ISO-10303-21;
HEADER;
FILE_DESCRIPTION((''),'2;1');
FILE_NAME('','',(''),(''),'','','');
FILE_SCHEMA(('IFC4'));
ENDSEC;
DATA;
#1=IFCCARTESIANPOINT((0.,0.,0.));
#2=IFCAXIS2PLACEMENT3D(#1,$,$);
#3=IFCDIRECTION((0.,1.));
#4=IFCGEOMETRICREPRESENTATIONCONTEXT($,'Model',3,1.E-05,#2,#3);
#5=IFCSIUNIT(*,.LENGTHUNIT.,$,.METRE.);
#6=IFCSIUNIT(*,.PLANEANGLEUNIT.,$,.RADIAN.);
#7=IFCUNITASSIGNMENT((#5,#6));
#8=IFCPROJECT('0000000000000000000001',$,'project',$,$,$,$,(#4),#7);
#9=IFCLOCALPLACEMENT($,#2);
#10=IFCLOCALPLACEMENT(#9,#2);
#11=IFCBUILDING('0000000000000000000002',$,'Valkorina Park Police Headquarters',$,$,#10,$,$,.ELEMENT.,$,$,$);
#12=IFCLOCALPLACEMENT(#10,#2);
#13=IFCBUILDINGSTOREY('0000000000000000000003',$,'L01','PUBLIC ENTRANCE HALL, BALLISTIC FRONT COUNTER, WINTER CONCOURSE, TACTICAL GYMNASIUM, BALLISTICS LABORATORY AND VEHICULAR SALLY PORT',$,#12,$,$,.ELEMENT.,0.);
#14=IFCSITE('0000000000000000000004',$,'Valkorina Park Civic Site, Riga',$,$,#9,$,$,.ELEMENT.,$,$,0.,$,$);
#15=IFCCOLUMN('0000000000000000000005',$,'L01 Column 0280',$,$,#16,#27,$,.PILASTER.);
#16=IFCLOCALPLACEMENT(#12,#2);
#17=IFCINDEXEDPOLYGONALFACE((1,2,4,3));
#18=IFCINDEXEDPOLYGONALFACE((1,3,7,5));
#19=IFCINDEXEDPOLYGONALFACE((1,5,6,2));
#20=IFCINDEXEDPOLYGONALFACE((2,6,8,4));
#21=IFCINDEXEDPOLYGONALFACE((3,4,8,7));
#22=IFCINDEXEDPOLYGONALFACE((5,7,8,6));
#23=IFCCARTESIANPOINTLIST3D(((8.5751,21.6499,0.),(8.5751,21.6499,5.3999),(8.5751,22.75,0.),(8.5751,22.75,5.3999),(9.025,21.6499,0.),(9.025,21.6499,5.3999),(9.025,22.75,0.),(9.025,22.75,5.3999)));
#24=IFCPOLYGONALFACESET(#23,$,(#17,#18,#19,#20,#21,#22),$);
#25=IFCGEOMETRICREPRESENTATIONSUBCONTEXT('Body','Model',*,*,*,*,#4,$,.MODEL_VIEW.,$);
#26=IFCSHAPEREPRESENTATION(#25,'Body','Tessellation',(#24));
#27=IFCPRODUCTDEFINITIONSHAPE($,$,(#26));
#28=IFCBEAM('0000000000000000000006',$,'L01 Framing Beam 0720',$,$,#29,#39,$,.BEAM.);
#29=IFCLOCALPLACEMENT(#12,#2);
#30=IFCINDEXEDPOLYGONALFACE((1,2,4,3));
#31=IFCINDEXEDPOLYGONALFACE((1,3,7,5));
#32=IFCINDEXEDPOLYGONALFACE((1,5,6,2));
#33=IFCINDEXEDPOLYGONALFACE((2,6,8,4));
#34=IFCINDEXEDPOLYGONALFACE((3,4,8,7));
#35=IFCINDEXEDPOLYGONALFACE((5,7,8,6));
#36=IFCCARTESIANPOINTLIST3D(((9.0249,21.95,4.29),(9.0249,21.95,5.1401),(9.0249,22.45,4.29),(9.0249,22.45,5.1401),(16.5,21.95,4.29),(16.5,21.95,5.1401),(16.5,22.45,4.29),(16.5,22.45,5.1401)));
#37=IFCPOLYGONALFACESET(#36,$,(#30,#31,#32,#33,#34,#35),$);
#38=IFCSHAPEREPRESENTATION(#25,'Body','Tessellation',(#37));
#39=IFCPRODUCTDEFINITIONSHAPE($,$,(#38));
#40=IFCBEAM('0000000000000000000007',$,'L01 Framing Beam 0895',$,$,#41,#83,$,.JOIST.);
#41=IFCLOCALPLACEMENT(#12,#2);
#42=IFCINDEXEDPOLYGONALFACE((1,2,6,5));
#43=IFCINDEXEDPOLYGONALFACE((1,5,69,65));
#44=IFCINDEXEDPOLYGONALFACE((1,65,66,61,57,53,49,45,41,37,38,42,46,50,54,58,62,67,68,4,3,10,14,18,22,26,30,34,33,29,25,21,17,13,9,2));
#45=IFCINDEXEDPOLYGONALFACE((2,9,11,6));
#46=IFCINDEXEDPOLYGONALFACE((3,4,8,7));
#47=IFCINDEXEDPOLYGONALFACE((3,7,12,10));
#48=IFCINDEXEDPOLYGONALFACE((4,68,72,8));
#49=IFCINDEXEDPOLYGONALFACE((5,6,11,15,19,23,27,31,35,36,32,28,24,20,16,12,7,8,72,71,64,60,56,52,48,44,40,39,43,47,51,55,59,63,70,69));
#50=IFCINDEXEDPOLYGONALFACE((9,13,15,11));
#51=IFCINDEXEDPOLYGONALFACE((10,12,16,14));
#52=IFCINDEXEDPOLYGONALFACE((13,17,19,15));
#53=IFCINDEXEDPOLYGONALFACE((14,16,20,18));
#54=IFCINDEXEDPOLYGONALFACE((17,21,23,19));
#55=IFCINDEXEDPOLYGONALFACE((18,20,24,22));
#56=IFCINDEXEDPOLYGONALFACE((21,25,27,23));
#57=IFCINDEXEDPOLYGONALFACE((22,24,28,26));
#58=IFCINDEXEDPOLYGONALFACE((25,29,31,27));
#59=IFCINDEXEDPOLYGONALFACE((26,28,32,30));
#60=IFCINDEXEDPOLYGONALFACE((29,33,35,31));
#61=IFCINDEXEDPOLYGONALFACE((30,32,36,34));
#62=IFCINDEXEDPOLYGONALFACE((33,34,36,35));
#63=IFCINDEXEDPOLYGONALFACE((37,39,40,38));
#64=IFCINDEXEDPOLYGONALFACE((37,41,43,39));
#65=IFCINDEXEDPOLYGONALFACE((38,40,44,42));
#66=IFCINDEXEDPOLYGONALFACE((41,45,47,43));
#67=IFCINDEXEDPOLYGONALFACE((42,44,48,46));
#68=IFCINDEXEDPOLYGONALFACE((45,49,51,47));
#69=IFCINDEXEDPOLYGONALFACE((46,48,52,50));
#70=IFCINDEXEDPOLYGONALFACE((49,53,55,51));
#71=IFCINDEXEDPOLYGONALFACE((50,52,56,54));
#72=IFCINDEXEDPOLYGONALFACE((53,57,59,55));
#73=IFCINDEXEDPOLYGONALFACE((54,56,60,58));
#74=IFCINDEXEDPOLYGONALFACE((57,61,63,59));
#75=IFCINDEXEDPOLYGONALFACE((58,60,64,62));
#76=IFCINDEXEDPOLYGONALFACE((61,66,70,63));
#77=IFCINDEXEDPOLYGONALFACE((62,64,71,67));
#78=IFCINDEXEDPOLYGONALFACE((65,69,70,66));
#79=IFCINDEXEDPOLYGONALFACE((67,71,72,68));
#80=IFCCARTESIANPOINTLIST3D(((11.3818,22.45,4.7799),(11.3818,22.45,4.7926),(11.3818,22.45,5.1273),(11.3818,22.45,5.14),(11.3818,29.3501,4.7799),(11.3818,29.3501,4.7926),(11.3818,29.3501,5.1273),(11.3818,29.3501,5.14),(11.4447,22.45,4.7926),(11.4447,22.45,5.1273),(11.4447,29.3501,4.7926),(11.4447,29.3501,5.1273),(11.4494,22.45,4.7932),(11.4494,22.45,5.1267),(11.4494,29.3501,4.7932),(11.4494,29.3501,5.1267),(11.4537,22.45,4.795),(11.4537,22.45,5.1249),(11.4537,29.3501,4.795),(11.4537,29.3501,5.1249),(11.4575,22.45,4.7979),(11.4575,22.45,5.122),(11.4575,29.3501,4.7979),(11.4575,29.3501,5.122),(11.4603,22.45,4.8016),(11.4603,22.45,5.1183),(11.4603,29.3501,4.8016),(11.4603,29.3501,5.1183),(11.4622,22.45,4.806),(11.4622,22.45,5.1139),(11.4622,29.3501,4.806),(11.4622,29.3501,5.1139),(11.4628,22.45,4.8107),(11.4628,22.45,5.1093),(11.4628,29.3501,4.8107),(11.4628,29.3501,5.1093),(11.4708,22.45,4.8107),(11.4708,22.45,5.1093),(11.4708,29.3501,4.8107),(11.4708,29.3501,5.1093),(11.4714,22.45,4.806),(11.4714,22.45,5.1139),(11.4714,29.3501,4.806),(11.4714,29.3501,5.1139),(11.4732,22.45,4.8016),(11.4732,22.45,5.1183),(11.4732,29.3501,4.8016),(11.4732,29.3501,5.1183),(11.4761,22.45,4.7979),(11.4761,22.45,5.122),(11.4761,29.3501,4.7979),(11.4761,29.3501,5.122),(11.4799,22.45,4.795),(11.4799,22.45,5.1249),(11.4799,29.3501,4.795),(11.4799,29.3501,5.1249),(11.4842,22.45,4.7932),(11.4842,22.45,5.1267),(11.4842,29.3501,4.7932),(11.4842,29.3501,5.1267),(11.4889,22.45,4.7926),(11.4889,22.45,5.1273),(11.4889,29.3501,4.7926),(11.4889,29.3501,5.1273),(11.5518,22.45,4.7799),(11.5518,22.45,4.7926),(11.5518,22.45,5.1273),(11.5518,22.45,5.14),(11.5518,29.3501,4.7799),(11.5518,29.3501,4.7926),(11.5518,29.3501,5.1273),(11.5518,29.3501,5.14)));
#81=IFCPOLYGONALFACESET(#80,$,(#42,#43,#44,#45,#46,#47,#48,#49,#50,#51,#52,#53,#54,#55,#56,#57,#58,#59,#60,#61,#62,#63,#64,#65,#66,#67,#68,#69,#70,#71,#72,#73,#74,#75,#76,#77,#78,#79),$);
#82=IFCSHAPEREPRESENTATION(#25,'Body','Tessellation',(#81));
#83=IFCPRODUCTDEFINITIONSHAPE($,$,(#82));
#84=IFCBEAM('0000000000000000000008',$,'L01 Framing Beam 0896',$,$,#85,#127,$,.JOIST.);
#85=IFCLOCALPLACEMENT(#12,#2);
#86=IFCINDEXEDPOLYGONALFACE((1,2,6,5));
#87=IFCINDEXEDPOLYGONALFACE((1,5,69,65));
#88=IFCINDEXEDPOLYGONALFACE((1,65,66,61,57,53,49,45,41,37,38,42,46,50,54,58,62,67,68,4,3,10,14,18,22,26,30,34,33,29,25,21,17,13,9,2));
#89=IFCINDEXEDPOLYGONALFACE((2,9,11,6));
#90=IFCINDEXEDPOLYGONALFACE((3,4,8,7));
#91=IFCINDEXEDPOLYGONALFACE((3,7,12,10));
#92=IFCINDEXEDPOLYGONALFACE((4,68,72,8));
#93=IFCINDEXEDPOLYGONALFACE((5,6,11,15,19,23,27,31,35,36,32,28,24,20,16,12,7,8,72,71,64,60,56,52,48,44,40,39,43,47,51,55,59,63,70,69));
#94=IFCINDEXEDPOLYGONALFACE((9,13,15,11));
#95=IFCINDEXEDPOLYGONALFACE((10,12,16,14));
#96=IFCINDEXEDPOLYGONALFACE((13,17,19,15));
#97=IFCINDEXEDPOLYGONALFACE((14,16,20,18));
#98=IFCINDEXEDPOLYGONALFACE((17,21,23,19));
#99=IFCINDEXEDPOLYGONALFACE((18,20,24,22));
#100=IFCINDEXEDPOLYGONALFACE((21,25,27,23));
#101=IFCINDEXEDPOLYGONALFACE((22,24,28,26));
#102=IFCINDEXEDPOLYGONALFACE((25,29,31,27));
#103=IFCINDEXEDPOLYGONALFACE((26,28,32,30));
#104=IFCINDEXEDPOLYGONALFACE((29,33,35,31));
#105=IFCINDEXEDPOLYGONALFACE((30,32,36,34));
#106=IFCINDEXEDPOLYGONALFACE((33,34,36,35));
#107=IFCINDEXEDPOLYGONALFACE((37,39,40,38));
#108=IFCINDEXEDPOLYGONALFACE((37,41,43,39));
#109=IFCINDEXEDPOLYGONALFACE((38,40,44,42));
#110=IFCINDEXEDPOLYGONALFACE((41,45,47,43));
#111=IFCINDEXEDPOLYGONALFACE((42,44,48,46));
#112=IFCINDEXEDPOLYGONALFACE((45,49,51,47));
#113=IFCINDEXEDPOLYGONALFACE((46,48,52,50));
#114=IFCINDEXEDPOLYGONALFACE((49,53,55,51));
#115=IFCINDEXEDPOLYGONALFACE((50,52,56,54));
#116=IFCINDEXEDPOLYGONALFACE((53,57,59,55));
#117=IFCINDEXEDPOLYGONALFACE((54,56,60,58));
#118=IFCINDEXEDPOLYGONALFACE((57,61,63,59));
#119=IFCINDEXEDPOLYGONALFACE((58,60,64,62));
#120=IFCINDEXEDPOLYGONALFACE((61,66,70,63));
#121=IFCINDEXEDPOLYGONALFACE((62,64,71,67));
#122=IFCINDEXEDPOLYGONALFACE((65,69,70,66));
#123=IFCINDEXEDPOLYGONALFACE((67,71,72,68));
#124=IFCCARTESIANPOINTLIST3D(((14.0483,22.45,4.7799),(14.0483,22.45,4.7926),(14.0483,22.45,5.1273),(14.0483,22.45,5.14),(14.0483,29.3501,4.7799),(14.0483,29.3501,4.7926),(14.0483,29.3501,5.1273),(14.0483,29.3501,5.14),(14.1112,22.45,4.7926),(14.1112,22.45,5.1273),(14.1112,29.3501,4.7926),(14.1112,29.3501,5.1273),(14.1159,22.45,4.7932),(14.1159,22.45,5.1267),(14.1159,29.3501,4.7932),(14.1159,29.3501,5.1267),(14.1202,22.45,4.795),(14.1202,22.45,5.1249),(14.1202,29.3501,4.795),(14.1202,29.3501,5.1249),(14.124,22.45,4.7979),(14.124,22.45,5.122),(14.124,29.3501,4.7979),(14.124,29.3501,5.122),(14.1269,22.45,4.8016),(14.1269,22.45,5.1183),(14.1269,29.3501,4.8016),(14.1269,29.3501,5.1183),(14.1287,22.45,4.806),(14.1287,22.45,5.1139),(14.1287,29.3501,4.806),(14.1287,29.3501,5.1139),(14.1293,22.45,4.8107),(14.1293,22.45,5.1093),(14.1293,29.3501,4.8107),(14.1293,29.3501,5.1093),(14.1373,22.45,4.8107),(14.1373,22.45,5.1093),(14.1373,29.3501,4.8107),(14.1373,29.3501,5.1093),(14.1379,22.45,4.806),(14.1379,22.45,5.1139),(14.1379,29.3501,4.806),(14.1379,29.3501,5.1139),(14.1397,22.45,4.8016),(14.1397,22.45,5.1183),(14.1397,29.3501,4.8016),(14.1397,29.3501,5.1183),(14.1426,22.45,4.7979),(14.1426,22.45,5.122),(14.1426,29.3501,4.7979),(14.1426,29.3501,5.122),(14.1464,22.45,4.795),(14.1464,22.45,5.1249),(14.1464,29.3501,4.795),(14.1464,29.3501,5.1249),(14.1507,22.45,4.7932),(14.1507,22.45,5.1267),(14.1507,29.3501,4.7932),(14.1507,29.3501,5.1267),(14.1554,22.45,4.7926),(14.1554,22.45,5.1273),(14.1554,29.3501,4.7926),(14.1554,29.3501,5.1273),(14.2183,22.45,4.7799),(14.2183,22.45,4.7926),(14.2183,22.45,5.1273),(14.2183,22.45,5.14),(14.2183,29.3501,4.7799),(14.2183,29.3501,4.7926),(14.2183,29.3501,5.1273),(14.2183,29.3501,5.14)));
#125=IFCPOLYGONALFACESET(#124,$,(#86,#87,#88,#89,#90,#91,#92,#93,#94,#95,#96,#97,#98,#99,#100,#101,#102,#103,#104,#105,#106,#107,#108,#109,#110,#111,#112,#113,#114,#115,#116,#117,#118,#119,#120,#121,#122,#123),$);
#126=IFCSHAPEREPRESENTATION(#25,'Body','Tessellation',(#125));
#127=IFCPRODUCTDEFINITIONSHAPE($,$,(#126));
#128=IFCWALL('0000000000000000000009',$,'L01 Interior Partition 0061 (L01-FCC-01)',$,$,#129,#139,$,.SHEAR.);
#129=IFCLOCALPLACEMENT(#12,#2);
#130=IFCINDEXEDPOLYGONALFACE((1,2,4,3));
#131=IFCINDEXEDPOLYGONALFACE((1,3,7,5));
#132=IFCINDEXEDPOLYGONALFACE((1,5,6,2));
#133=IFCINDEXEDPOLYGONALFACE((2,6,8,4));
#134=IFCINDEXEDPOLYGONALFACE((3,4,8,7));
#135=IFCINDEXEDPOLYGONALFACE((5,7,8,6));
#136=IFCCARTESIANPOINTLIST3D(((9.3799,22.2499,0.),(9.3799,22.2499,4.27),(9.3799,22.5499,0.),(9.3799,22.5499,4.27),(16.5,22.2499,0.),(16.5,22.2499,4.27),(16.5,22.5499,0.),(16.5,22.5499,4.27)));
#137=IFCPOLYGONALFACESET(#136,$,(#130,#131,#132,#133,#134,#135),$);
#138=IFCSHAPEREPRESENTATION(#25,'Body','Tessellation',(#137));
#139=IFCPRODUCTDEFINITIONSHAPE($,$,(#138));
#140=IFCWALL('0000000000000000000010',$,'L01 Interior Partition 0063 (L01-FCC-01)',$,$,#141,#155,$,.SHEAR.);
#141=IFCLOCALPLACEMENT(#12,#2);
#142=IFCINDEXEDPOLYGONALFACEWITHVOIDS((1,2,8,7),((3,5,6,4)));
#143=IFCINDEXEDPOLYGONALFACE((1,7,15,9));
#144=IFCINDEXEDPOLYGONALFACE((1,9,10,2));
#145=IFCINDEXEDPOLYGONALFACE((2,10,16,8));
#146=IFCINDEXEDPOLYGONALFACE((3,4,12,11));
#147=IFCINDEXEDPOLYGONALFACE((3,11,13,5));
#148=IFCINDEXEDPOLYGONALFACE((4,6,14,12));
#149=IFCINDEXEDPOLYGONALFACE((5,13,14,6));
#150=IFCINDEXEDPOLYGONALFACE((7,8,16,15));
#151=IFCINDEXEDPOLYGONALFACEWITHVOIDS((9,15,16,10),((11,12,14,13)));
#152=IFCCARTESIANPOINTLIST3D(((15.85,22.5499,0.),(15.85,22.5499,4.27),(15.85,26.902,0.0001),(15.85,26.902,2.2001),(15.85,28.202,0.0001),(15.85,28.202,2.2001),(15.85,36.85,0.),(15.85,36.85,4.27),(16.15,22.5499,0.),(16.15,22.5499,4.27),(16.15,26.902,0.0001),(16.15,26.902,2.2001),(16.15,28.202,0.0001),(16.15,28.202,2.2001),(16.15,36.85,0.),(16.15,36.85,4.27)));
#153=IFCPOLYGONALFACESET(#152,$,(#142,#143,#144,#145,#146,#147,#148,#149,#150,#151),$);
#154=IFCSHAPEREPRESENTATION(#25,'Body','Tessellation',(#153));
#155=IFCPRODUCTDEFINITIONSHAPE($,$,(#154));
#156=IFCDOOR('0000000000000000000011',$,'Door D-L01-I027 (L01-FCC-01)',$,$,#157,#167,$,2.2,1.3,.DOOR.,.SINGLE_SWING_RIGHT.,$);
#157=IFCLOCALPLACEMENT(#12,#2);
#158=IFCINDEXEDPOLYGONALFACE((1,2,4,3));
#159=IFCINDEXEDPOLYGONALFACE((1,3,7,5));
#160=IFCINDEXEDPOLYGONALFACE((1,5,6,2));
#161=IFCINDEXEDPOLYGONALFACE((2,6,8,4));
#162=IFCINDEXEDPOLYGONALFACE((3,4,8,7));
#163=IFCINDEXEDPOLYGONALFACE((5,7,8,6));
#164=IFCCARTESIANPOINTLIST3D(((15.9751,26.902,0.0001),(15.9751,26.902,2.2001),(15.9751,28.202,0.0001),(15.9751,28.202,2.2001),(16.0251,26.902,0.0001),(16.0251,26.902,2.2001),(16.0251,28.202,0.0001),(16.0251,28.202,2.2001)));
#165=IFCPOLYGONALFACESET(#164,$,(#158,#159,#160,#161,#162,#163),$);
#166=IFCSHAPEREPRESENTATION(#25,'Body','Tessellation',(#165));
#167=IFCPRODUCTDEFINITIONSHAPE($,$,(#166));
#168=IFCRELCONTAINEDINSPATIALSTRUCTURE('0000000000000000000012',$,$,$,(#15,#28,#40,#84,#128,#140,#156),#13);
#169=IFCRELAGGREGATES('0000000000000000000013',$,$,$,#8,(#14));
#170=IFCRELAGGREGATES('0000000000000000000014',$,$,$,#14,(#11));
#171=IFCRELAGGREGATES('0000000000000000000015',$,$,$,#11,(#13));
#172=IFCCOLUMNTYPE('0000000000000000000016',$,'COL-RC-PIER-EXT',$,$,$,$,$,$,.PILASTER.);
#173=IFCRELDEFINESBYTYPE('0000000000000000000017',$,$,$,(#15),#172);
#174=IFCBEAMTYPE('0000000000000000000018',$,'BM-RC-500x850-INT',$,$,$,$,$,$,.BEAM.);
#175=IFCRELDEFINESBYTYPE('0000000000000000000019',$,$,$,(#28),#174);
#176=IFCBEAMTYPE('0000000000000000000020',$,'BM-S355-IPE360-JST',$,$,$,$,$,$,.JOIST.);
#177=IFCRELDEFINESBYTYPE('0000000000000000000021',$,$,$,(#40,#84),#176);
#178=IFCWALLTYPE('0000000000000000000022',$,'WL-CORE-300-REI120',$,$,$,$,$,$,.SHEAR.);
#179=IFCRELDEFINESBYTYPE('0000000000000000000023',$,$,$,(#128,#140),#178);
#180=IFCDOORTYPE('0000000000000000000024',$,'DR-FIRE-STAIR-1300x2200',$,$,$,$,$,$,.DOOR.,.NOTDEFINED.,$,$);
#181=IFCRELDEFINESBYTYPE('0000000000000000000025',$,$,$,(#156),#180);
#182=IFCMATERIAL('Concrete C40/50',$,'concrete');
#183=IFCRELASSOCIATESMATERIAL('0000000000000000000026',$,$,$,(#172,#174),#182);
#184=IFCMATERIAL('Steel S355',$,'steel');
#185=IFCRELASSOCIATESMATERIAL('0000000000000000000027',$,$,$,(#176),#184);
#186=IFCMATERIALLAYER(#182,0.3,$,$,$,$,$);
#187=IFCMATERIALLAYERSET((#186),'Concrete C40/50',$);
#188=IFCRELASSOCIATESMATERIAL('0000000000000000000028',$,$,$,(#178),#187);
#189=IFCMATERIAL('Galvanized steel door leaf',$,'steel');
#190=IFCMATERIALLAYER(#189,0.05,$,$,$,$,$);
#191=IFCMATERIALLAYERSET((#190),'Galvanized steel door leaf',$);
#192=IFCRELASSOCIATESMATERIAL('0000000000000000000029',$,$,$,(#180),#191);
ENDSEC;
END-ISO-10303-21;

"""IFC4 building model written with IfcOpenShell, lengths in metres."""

from ifc_helpers import new_model, si_unit, direction, frame, frame_2d, origin, origin_2d, place, context, subcontext, project, spatial, rectangle, i_section, extrude, material, layer, layer_set, material_profile, profile_set, type_object, element, fill, save


model = new_model("IFC4")

# Units and contexts
model_context = context("Model", 3, precision=1e-05, world=origin(), true_north=direction((0.0, 1.0)))
body_context = subcontext(model_context, "Body", "Model", "MODEL_VIEW")
ifc_project = project(units=[si_unit("LENGTHUNIT", "METRE"), si_unit("PLANEANGLEUNIT", "RADIAN")], contexts=[model_context])

# Site, building, storey
site_placement = place(None, origin())
site = spatial("IfcSite", under=ifc_project, at=site_placement, Name="Valkorina Park Civic Site, Riga", CompositionType="ELEMENT", RefElevation=0.0)
building_placement = place(site_placement, origin())
building = spatial("IfcBuilding", under=site, at=building_placement, Name="Valkorina Park Police Headquarters", CompositionType="ELEMENT")
storey_placement = place(building_placement, origin())
storey = spatial("IfcBuildingStorey", under=building, at=storey_placement, Name="L01", Description="PUBLIC ENTRANCE HALL, BALLISTIC FRONT COUNTER, WINTER CONCOURSE, TACTICAL GYMNASIUM, BALLISTICS LABORATORY AND VEHICULAR SALLY PORT", CompositionType="ELEMENT", Elevation=0.0)

# Column
ifc_material_1 = material(Name="Concrete C40/50", Category="concrete")
ifc_material_profile_1 = material_profile(ifc_material_1, rectangle(XDim=0.45, YDim=1.1001, at=origin_2d()), Name="RC PIER 450x1100")
ifc_profile_set_1 = profile_set([ifc_material_profile_1], Name="Concrete C40/50")
column_type = type_object("IfcColumnType", Name="COL-RC-PIER-EXT", PredefinedType="PILASTER", material=ifc_profile_set_1)
column_placement = place(storey_placement, frame((8.8, 22.2, 0.0), z_axis=(0.0, 0.0, 1.0), x_axis=(1.0, 0.0, 0.0)))
element("IfcColumn", 1, at=column_placement, inside=storey, type_object=column_type, Name="L01 Column 0280", PredefinedType="PILASTER", context=body_context, shape_type="SweptSolid", body=[
    extrude(rectangle(XDim=0.45, YDim=1.1001, at=origin_2d()), origin(), (0.0, 0.0, 1.0), 5.3999),
])

# Beams
ifc_material_profile_2 = material_profile(ifc_material_1, rectangle(XDim=0.5, YDim=0.8501, at=origin_2d()), Name="RC BEAM 500x850")
ifc_profile_set_2 = profile_set([ifc_material_profile_2], Name="Concrete C40/50")
beam_type_1 = type_object("IfcBeamType", Name="BM-RC-500x850-INT", PredefinedType="BEAM", material=ifc_profile_set_2)
beam_placement = place(storey_placement, frame((9.0249, 22.2, 4.7151), z_axis=(1.0, 0.0, 0.0), x_axis=(0.0, 1.0, 0.0)))
element("IfcBeam", 2, at=beam_placement, inside=storey, type_object=beam_type_1, Name="L01 Framing Beam 0720", PredefinedType="BEAM", context=body_context, shape_type="SweptSolid", body=[
    extrude(rectangle(XDim=0.5, YDim=0.8501, at=origin_2d()), origin(), (0.0, 0.0, 1.0), 7.4751),
])
ifc_material_2 = material(Name="Steel S355", Category="steel")
ifc_material_profile_3 = material_profile(ifc_material_2, i_section(OverallWidth=0.1699, OverallDepth=0.3601, WebThickness=0.0081, FlangeThickness=0.0127, FilletRadius=0.0181, at=origin_2d()), Name="IPE 360")
ifc_profile_set_3 = profile_set([ifc_material_profile_3], Name="Steel S355")
beam_type_2 = type_object("IfcBeamType", Name="BM-S355-IPE360-JST", PredefinedType="JOIST", material=ifc_profile_set_3)
for number, where, z_axis, x_axis, name in (
    (3, (11.4668, 22.45, 4.96), (0.0, 1.0, 0.0), (-1.0, 0.0, 0.0), "L01 Framing Beam 0895"),
    (4, (14.1333, 22.45, 4.96), (0.0, 1.0, 0.0), (-1.0, 0.0, 0.0), "L01 Framing Beam 0896"),
):
    element("IfcBeam", number, at=place(storey_placement, frame(where, z_axis=z_axis, x_axis=x_axis)), inside=storey, type_object=beam_type_2, Name=name, PredefinedType="JOIST", context=body_context, shape_type="SweptSolid", body=[
        extrude(i_section(OverallWidth=0.1699, OverallDepth=0.3601, WebThickness=0.0081, FlangeThickness=0.0127, FilletRadius=0.0181, at=origin_2d()), origin(), (0.0, 0.0, 1.0), 6.9001),
    ])

# Wall
ifc_layer_1 = layer(ifc_material_1, 0.3)
ifc_layer_set_1 = layer_set([ifc_layer_1], Name="Concrete C40/50")
wall_type_1 = type_object("IfcWallType", Name="WL-CORE-300-REI120", PredefinedType="SHEAR", material=ifc_layer_set_1)
wall_1_placement = place(storey_placement, frame((9.3799, 22.3999, 0.0), z_axis=(0.0, 0.0, 1.0), x_axis=(1.0, 0.0, 0.0)))
element("IfcWall", 5, at=wall_1_placement, inside=storey, type_object=wall_type_1, Name="L01 Interior Partition 0061 (L01-FCC-01)", PredefinedType="SHEAR", context=body_context, shape_type="SweptSolid", body=[
    extrude(rectangle(XDim=7.1201, YDim=0.3, at=frame_2d((3.5601, 0.0))), origin(), (0.0, 0.0, 1.0), 4.27),
])

# Wall, opening, door
wall_2_placement = place(storey_placement, frame((16.0, 22.55, 0.0), z_axis=(0.0, 0.0, 1.0), x_axis=(0.0, 1.0, 0.0)))
wall_2 = element("IfcWall", 6, at=wall_2_placement, inside=storey, type_object=wall_type_1, Name="L01 Interior Partition 0063 (L01-FCC-01)", PredefinedType="SHEAR", context=body_context, shape_type="SweptSolid", body=[
    extrude(rectangle(XDim=14.3, YDim=0.3, at=frame_2d((7.1499, 0.0))), origin(), (0.0, 0.0, 1.0), 4.27),
])
opening_1_placement = place(wall_2_placement, frame((4.3521, 0.0, 0.0)))
opening_1 = element("IfcOpeningElement", 7, at=opening_1_placement, cuts=wall_2, PredefinedType="OPENING", context=body_context, shape_type="SweptSolid", body=[
    extrude(rectangle(XDim=1.3, YDim=2.2, at=frame_2d((0.6499, 1.1001))), frame((0.0, 0.1602, 0.0), z_axis=(0.0, -1.0, 0.0), x_axis=(1.0, 0.0, 0.0)), (0.0, 0.0, 1.0), 0.3201),
])
ifc_material_3 = material(Name="Galvanized steel door leaf", Category="steel")
ifc_layer_2 = layer(ifc_material_3, 0.05)
ifc_layer_set_2 = layer_set([ifc_layer_2], Name="Galvanized steel door leaf")
door_type = type_object("IfcDoorType", Name="DR-FIRE-STAIR-1300x2200", OperationType="NOTDEFINED", PredefinedType="DOOR", material=ifc_layer_set_2)
door_placement = place(opening_1_placement, origin())
door = element("IfcDoor", 8, at=door_placement, inside=storey, type_object=door_type, Name="Door D-L01-I027 (L01-FCC-01)", OperationType="SINGLE_SWING_RIGHT", OverallHeight=2.2, OverallWidth=1.3, PredefinedType="DOOR", context=body_context, shape_type="SweptSolid", body=[
    extrude(rectangle(XDim=1.3, YDim=2.2, at=frame_2d((0.6499, 1.1001))), frame((0.0, 0.0249, 0.0), z_axis=(0.0, -1.0, 0.0), x_axis=(1.0, 0.0, 0.0)), (0.0, 0.0, 1.0), 0.05),
])
fill(opening_1, door)

save(model, "model.ifc")
